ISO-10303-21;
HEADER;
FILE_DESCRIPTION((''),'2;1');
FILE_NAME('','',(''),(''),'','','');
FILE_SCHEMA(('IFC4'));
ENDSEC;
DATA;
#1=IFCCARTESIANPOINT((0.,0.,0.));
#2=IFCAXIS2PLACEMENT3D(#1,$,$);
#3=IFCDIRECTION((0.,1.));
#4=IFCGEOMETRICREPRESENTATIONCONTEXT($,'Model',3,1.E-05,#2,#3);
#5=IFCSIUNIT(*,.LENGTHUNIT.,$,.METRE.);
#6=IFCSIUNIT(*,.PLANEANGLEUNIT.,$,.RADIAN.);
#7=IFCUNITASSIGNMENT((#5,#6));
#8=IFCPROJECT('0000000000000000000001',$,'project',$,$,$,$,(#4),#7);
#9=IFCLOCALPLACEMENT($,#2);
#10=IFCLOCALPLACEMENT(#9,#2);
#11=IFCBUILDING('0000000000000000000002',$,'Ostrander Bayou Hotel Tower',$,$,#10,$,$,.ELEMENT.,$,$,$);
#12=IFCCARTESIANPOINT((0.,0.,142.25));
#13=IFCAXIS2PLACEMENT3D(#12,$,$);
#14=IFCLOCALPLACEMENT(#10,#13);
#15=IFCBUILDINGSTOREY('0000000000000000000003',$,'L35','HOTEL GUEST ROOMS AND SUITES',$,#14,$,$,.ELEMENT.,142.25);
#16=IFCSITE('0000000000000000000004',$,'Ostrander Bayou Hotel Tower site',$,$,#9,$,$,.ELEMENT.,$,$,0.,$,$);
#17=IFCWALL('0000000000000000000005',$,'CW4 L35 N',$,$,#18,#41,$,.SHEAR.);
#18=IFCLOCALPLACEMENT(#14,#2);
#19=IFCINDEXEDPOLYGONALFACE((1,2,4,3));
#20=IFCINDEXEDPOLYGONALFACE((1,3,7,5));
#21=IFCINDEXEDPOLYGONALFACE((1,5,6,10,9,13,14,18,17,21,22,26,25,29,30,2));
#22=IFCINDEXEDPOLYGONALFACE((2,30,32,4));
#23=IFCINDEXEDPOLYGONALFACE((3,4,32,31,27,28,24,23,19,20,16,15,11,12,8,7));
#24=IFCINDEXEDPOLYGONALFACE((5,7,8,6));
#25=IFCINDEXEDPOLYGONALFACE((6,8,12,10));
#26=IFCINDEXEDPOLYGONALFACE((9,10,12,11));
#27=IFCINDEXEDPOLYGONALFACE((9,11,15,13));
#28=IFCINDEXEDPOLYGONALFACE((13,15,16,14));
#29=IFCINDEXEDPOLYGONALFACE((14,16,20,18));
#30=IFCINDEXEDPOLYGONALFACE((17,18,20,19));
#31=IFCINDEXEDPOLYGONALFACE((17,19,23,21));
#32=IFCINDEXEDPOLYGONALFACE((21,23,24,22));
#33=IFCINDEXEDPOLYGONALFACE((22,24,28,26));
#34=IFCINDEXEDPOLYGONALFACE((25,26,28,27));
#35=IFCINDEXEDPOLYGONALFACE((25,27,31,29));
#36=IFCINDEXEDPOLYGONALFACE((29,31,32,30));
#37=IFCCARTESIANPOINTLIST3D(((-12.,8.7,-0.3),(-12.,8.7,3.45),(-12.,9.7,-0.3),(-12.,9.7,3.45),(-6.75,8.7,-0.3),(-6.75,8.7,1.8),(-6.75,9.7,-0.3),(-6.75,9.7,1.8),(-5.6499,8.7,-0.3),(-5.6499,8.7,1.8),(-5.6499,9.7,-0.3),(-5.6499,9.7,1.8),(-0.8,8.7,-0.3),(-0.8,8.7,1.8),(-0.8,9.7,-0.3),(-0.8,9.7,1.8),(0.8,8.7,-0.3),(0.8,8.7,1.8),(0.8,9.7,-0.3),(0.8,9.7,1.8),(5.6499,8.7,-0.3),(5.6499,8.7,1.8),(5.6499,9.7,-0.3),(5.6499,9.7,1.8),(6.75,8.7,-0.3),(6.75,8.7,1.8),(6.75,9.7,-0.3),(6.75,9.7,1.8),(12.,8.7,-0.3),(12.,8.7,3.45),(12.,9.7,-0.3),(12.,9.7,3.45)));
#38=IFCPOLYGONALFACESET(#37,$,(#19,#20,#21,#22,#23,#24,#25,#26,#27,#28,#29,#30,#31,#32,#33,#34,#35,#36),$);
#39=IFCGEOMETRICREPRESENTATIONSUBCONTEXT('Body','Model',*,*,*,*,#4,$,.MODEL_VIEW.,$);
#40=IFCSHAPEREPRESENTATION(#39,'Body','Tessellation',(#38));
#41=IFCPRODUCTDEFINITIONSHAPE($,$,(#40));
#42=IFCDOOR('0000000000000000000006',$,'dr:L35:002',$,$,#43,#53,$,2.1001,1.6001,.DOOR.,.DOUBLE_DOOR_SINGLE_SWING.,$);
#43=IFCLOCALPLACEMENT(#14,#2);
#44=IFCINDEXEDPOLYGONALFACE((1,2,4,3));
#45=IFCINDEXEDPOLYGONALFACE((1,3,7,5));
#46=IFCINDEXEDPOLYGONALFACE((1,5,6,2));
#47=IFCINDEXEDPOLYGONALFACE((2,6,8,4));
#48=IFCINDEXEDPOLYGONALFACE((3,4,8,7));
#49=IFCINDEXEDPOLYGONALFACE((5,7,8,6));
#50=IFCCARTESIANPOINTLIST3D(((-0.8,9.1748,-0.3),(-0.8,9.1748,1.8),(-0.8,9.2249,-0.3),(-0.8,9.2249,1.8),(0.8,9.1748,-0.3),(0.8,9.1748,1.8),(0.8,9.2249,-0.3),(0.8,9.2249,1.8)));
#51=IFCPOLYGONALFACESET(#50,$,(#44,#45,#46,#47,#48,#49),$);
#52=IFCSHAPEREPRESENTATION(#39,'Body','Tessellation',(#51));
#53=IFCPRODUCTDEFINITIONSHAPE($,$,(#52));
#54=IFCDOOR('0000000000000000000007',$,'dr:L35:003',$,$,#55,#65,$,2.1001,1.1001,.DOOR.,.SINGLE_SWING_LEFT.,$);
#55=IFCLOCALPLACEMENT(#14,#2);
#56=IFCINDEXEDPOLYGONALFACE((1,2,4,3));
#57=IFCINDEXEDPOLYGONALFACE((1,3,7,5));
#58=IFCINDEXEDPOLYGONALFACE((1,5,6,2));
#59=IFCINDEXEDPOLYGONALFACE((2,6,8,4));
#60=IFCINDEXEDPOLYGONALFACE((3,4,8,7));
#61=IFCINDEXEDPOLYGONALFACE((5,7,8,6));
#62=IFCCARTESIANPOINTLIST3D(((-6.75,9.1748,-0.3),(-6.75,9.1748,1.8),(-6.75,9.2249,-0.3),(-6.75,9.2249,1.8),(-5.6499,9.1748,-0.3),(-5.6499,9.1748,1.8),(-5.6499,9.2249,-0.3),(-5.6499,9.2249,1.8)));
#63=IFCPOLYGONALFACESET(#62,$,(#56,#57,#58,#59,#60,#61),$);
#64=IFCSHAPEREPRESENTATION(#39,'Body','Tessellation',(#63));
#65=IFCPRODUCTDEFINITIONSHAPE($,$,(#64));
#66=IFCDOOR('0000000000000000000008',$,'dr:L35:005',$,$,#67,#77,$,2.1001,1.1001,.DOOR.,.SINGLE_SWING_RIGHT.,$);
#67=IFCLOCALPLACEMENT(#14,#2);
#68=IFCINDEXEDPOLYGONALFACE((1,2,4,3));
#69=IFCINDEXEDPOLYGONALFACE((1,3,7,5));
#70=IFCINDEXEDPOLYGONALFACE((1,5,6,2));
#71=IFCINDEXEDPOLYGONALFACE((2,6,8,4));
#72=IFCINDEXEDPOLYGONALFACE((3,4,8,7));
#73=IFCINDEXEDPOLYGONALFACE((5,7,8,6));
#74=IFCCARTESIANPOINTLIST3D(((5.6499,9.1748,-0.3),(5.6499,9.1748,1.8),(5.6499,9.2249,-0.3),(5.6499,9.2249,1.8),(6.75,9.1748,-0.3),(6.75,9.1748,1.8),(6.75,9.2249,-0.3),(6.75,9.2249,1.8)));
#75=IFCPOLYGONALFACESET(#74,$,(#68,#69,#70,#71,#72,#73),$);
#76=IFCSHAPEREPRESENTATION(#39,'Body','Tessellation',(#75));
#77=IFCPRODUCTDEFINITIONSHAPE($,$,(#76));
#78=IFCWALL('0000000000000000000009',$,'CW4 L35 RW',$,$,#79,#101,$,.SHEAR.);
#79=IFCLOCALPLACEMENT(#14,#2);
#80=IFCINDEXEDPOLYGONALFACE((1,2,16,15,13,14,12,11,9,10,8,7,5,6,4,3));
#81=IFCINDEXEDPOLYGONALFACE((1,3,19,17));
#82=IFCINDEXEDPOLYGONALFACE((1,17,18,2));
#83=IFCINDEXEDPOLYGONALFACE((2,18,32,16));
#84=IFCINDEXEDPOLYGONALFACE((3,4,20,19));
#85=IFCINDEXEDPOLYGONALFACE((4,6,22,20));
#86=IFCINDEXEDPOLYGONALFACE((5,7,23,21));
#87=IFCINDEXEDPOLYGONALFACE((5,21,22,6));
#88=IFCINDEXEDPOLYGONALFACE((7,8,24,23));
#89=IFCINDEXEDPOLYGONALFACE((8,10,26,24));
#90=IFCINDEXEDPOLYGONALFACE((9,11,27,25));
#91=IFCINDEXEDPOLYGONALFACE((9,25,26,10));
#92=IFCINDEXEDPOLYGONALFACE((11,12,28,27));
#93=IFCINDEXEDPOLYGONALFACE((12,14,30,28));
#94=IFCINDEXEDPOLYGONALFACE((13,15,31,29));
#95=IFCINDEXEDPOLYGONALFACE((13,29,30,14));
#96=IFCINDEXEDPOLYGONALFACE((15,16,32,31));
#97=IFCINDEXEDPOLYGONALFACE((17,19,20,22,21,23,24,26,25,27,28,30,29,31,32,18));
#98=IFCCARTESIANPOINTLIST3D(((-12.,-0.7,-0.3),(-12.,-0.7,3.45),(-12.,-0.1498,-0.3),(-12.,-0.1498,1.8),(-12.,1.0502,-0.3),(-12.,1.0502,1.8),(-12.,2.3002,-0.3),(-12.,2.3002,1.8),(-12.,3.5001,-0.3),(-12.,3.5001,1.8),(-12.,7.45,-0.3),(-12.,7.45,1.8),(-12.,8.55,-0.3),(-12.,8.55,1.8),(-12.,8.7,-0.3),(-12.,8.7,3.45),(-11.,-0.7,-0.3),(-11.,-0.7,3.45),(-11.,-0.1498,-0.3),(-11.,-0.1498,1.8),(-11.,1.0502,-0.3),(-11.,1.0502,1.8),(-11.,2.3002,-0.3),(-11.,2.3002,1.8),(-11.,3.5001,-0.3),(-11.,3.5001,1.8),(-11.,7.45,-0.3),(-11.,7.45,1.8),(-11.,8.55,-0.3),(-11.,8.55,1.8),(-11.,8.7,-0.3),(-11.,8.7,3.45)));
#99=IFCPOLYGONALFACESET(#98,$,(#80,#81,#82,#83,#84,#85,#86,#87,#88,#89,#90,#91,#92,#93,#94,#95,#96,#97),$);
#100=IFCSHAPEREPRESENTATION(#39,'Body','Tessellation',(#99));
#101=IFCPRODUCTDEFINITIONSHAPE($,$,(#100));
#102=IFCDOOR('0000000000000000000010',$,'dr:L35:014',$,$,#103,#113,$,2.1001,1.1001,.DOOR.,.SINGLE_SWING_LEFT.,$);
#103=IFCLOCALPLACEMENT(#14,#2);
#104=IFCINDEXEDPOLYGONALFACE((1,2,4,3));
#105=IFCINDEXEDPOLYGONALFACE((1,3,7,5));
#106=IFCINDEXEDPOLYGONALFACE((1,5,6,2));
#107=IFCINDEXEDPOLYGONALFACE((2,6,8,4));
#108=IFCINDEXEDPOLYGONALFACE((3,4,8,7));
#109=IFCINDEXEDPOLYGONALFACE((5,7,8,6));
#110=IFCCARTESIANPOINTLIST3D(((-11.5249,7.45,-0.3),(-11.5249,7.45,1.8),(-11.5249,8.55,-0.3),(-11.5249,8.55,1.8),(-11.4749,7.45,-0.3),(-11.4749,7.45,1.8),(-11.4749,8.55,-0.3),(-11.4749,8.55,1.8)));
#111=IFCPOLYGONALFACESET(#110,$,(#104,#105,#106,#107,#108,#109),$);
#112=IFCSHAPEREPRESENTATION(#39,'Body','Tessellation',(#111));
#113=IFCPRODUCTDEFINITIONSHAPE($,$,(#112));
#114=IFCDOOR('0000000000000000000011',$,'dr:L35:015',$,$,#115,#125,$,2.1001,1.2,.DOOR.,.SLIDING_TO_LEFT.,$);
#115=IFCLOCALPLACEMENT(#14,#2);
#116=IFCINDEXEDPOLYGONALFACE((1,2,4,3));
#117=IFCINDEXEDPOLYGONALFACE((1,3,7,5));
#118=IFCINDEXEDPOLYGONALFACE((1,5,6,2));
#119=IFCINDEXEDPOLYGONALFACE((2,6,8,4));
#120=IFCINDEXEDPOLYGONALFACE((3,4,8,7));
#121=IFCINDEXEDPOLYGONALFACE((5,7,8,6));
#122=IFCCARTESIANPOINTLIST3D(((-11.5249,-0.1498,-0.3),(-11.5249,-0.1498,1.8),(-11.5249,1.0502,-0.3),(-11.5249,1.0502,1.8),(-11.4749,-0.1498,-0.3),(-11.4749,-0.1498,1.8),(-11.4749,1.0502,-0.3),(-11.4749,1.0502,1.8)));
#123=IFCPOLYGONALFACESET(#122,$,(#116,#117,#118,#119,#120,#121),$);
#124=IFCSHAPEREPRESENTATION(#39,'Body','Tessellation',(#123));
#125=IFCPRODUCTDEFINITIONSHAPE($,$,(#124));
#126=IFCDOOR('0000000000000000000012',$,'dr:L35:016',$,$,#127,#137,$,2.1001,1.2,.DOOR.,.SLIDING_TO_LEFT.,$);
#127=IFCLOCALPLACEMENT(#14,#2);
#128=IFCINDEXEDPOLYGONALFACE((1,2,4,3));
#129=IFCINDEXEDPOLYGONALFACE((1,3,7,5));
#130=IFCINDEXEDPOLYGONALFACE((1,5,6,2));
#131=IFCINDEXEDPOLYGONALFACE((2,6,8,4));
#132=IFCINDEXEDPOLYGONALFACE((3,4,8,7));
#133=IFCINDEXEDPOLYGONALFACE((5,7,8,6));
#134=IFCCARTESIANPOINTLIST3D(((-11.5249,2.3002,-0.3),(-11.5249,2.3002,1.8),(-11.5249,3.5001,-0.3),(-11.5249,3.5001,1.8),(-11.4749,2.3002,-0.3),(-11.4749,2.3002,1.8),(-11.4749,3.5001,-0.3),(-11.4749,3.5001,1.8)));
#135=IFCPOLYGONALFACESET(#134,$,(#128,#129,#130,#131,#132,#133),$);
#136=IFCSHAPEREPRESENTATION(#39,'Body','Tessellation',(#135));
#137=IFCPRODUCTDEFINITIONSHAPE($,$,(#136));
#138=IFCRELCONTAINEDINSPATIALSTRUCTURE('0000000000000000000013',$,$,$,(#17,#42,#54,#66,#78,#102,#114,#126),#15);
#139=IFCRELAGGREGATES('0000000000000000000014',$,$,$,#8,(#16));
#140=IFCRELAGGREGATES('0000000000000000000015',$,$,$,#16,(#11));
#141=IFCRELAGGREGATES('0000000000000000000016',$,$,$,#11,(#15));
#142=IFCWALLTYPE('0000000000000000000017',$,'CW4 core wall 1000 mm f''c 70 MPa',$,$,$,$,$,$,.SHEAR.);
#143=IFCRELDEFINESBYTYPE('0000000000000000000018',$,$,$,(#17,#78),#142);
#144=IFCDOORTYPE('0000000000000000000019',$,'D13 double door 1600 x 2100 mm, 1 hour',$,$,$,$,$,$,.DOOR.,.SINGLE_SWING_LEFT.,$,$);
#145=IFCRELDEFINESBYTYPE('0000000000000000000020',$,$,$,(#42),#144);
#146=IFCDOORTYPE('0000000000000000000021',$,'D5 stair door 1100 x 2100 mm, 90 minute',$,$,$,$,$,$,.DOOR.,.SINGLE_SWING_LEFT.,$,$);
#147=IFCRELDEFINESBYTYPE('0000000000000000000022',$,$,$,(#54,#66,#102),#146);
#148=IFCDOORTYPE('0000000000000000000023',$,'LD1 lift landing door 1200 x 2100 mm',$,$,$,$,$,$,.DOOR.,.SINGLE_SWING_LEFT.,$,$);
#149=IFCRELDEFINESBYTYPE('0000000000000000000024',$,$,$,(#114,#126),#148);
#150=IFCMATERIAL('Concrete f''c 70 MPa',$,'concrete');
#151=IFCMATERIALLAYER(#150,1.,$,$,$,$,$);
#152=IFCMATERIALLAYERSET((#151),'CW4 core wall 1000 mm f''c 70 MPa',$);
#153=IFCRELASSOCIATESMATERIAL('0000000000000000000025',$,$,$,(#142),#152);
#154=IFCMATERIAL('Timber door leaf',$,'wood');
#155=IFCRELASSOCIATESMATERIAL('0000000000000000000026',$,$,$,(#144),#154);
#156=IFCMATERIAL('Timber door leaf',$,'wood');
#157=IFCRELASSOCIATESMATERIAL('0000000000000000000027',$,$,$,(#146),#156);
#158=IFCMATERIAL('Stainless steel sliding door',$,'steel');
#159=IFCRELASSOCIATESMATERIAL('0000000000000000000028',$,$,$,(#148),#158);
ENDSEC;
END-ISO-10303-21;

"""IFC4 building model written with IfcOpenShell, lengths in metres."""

from ifc_helpers import new_model, si_unit, direction, frame, frame_2d, origin, place, context, subcontext, project, spatial, rectangle, extrude, material, layer, layer_set, type_object, element, fill, save


model = new_model("IFC4")

# Units and contexts
model_context = context("Model", 3, precision=1e-05, world=origin(), true_north=direction((0.0, 1.0)))
body_context = subcontext(model_context, "Body", "Model", "MODEL_VIEW")
ifc_project = project(units=[si_unit("LENGTHUNIT", "METRE"), si_unit("PLANEANGLEUNIT", "RADIAN")], contexts=[model_context])

# Site, building, storey
site_placement = place(None, origin())
site = spatial("IfcSite", under=ifc_project, at=site_placement, Name="Ostrander Bayou Hotel Tower site", CompositionType="ELEMENT", RefElevation=0.0)
building_placement = place(site_placement, origin())
building = spatial("IfcBuilding", under=site, at=building_placement, Name="Ostrander Bayou Hotel Tower", CompositionType="ELEMENT")
storey_placement = place(building_placement, frame((0.0, 0.0, 142.25)))
storey = spatial("IfcBuildingStorey", under=building, at=storey_placement, Name="L35", Description="HOTEL GUEST ROOMS AND SUITES", CompositionType="ELEMENT", Elevation=142.25)

# Walls, openings, doors
ifc_material_1 = material(Name="Concrete f'c 70 MPa", Category="concrete")
ifc_layer_1 = layer(ifc_material_1, 1.0)
ifc_layer_set_1 = layer_set([ifc_layer_1], Name="CW4 core wall 1000 mm f'c 70 MPa")
wall_type_1 = type_object("IfcWallType", Name="CW4 core wall 1000 mm f'c 70 MPa", PredefinedType="SHEAR", material=ifc_layer_set_1)
wall_1_placement = place(storey_placement, frame((-12.0, 9.2, -0.3), z_axis=(0.0, 0.0, 1.0), x_axis=(1.0, 0.0, 0.0)))
wall_1 = element("IfcWall", 1, at=wall_1_placement, inside=storey, type_object=wall_type_1, Name="CW4 L35 N", PredefinedType="SHEAR", context=body_context, shape_type="SweptSolid", body=[
    extrude(rectangle(XDim=24.0, YDim=1.0, at=frame_2d((12.0, 0.0))), origin(), (0.0, 0.0, 1.0), 3.75),
])
opening_1_placement = place(wall_1_placement, frame((11.2, 0.0, 0.0)))
opening_1 = element("IfcOpeningElement", 2, at=opening_1_placement, cuts=wall_1, PredefinedType="OPENING", context=body_context, shape_type="SweptSolid", body=[
    extrude(rectangle(XDim=1.6001, YDim=2.1001, at=frame_2d((0.8, 1.05))), frame((0.0, 0.5, 0.0), z_axis=(0.0, -1.0, 0.0), x_axis=(1.0, 0.0, 0.0)), (0.0, 0.0, 1.0), 1.0),
])
opening_2_placement = place(wall_1_placement, frame((5.25, 0.0, 0.0)))
opening_2 = element("IfcOpeningElement", 3, at=opening_2_placement, cuts=wall_1, PredefinedType="OPENING", context=body_context, shape_type="SweptSolid", body=[
    extrude(rectangle(XDim=1.1001, YDim=2.1001, at=frame_2d((0.55, 1.05))), frame((0.0, 0.5, 0.0), z_axis=(0.0, -1.0, 0.0), x_axis=(1.0, 0.0, 0.0)), (0.0, 0.0, 1.0), 1.0),
])
opening_3_placement = place(wall_1_placement, frame((17.6499, 0.0, 0.0)))
opening_3 = element("IfcOpeningElement", 4, at=opening_3_placement, cuts=wall_1, PredefinedType="OPENING", context=body_context, shape_type="SweptSolid", body=[
    extrude(rectangle(XDim=1.1001, YDim=2.1001, at=frame_2d((0.55, 1.05))), frame((0.0, 0.5, 0.0), z_axis=(0.0, -1.0, 0.0), x_axis=(1.0, 0.0, 0.0)), (0.0, 0.0, 1.0), 1.0),
])
ifc_material_2 = material(Name="Timber door leaf", Category="wood")
door_type_1 = type_object("IfcDoorType", Name="D13 double door 1600 x 2100 mm, 1 hour", OperationType="SINGLE_SWING_LEFT", PredefinedType="DOOR", material=ifc_material_2)
door_1_placement = place(opening_1_placement, origin())
door_1 = element("IfcDoor", 5, at=door_1_placement, inside=storey, type_object=door_type_1, Name="dr:L35:002", OperationType="DOUBLE_DOOR_SINGLE_SWING", OverallHeight=2.1001, OverallWidth=1.6001, PredefinedType="DOOR", context=body_context, shape_type="SweptSolid", body=[
    extrude(rectangle(XDim=1.6001, YDim=2.1001, at=frame_2d((0.8, 1.05))), frame((0.0, 0.0249, 0.0), z_axis=(0.0, -1.0, 0.0), x_axis=(1.0, 0.0, 0.0)), (0.0, 0.0, 1.0), 0.05),
])
fill(opening_1, door_1)
ifc_material_3 = material(Name="Timber door leaf", Category="wood")
door_type_2 = type_object("IfcDoorType", Name="D5 stair door 1100 x 2100 mm, 90 minute", OperationType="SINGLE_SWING_LEFT", PredefinedType="DOOR", material=ifc_material_3)
door_2_placement = place(opening_2_placement, origin())
door_2 = element("IfcDoor", 6, at=door_2_placement, inside=storey, type_object=door_type_2, Name="dr:L35:003", OperationType="SINGLE_SWING_LEFT", OverallHeight=2.1001, OverallWidth=1.1001, PredefinedType="DOOR", context=body_context, shape_type="SweptSolid", body=[
    extrude(rectangle(XDim=1.1001, YDim=2.1001, at=frame_2d((0.55, 1.05))), frame((0.0, 0.0249, 0.0), z_axis=(0.0, -1.0, 0.0), x_axis=(1.0, 0.0, 0.0)), (0.0, 0.0, 1.0), 0.05),
])
fill(opening_2, door_2)
door_3_placement = place(opening_3_placement, origin())
door_3 = element("IfcDoor", 7, at=door_3_placement, inside=storey, type_object=door_type_2, Name="dr:L35:005", OperationType="SINGLE_SWING_RIGHT", OverallHeight=2.1001, OverallWidth=1.1001, PredefinedType="DOOR", context=body_context, shape_type="SweptSolid", body=[
    extrude(rectangle(XDim=1.1001, YDim=2.1001, at=frame_2d((0.55, 1.05))), frame((0.0, 0.0249, 0.0), z_axis=(0.0, -1.0, 0.0), x_axis=(1.0, 0.0, 0.0)), (0.0, 0.0, 1.0), 0.05),
])
fill(opening_3, door_3)
wall_2_placement = place(storey_placement, frame((-11.5, -0.7, -0.3), z_axis=(0.0, 0.0, 1.0), x_axis=(0.0, 1.0, 0.0)))
wall_2 = element("IfcWall", 8, at=wall_2_placement, inside=storey, type_object=wall_type_1, Name="CW4 L35 RW", PredefinedType="SHEAR", context=body_context, shape_type="SweptSolid", body=[
    extrude(rectangle(XDim=9.3999, YDim=1.0, at=frame_2d((4.7, 0.0))), origin(), (0.0, 0.0, 1.0), 3.75),
])
opening_4_placement = place(wall_2_placement, frame((8.1499, 0.0, 0.0)))
opening_4 = element("IfcOpeningElement", 9, at=opening_4_placement, cuts=wall_2, PredefinedType="OPENING", context=body_context, shape_type="SweptSolid", body=[
    extrude(rectangle(XDim=1.1001, YDim=2.1001, at=frame_2d((0.55, 1.05))), frame((0.0, 0.5, 0.0), z_axis=(0.0, -1.0, 0.0), x_axis=(1.0, 0.0, 0.0)), (0.0, 0.0, 1.0), 1.0),
])
opening_5_placement = place(wall_2_placement, frame((0.55, 0.0, 0.0)))
opening_5 = element("IfcOpeningElement", 10, at=opening_5_placement, cuts=wall_2, PredefinedType="OPENING", context=body_context, shape_type="SweptSolid", body=[
    extrude(rectangle(XDim=1.2, YDim=2.1001, at=frame_2d((0.6001, 1.05))), frame((0.0, 0.5, 0.0), z_axis=(0.0, -1.0, 0.0), x_axis=(1.0, 0.0, 0.0)), (0.0, 0.0, 1.0), 1.0),
])
opening_6_placement = place(wall_2_placement, frame((3.0, 0.0, 0.0)))
opening_6 = element("IfcOpeningElement", 11, at=opening_6_placement, cuts=wall_2, PredefinedType="OPENING", context=body_context, shape_type="SweptSolid", body=[
    extrude(rectangle(XDim=1.2, YDim=2.1001, at=frame_2d((0.6001, 1.05))), frame((0.0, 0.5, 0.0), z_axis=(0.0, -1.0, 0.0), x_axis=(1.0, 0.0, 0.0)), (0.0, 0.0, 1.0), 1.0),
])
door_4_placement = place(opening_4_placement, origin())
door_4 = element("IfcDoor", 12, at=door_4_placement, inside=storey, type_object=door_type_2, Name="dr:L35:014", OperationType="SINGLE_SWING_LEFT", OverallHeight=2.1001, OverallWidth=1.1001, PredefinedType="DOOR", context=body_context, shape_type="SweptSolid", body=[
    extrude(rectangle(XDim=1.1001, YDim=2.1001, at=frame_2d((0.55, 1.05))), frame((0.0, 0.0249, 0.0), z_axis=(0.0, -1.0, 0.0), x_axis=(1.0, 0.0, 0.0)), (0.0, 0.0, 1.0), 0.05),
])
fill(opening_4, door_4)
ifc_material_4 = material(Name="Stainless steel sliding door", Category="steel")
door_type_3 = type_object("IfcDoorType", Name="LD1 lift landing door 1200 x 2100 mm", OperationType="SINGLE_SWING_LEFT", PredefinedType="DOOR", material=ifc_material_4)
door_5_placement = place(opening_5_placement, origin())
door_5 = element("IfcDoor", 13, at=door_5_placement, inside=storey, type_object=door_type_3, Name="dr:L35:015", OperationType="SLIDING_TO_LEFT", OverallHeight=2.1001, OverallWidth=1.2, PredefinedType="DOOR", context=body_context, shape_type="SweptSolid", body=[
    extrude(rectangle(XDim=1.2, YDim=2.1001, at=frame_2d((0.6001, 1.05))), frame((0.0, 0.0249, 0.0), z_axis=(0.0, -1.0, 0.0), x_axis=(1.0, 0.0, 0.0)), (0.0, 0.0, 1.0), 0.05),
])
fill(opening_5, door_5)
door_6_placement = place(opening_6_placement, origin())
door_6 = element("IfcDoor", 14, at=door_6_placement, inside=storey, type_object=door_type_3, Name="dr:L35:016", OperationType="SLIDING_TO_LEFT", OverallHeight=2.1001, OverallWidth=1.2, PredefinedType="DOOR", context=body_context, shape_type="SweptSolid", body=[
    extrude(rectangle(XDim=1.2, YDim=2.1001, at=frame_2d((0.6001, 1.05))), frame((0.0, 0.0249, 0.0), z_axis=(0.0, -1.0, 0.0), x_axis=(1.0, 0.0, 0.0)), (0.0, 0.0, 1.0), 0.05),
])
fill(opening_6, door_6)

save(model, "model.ifc")
